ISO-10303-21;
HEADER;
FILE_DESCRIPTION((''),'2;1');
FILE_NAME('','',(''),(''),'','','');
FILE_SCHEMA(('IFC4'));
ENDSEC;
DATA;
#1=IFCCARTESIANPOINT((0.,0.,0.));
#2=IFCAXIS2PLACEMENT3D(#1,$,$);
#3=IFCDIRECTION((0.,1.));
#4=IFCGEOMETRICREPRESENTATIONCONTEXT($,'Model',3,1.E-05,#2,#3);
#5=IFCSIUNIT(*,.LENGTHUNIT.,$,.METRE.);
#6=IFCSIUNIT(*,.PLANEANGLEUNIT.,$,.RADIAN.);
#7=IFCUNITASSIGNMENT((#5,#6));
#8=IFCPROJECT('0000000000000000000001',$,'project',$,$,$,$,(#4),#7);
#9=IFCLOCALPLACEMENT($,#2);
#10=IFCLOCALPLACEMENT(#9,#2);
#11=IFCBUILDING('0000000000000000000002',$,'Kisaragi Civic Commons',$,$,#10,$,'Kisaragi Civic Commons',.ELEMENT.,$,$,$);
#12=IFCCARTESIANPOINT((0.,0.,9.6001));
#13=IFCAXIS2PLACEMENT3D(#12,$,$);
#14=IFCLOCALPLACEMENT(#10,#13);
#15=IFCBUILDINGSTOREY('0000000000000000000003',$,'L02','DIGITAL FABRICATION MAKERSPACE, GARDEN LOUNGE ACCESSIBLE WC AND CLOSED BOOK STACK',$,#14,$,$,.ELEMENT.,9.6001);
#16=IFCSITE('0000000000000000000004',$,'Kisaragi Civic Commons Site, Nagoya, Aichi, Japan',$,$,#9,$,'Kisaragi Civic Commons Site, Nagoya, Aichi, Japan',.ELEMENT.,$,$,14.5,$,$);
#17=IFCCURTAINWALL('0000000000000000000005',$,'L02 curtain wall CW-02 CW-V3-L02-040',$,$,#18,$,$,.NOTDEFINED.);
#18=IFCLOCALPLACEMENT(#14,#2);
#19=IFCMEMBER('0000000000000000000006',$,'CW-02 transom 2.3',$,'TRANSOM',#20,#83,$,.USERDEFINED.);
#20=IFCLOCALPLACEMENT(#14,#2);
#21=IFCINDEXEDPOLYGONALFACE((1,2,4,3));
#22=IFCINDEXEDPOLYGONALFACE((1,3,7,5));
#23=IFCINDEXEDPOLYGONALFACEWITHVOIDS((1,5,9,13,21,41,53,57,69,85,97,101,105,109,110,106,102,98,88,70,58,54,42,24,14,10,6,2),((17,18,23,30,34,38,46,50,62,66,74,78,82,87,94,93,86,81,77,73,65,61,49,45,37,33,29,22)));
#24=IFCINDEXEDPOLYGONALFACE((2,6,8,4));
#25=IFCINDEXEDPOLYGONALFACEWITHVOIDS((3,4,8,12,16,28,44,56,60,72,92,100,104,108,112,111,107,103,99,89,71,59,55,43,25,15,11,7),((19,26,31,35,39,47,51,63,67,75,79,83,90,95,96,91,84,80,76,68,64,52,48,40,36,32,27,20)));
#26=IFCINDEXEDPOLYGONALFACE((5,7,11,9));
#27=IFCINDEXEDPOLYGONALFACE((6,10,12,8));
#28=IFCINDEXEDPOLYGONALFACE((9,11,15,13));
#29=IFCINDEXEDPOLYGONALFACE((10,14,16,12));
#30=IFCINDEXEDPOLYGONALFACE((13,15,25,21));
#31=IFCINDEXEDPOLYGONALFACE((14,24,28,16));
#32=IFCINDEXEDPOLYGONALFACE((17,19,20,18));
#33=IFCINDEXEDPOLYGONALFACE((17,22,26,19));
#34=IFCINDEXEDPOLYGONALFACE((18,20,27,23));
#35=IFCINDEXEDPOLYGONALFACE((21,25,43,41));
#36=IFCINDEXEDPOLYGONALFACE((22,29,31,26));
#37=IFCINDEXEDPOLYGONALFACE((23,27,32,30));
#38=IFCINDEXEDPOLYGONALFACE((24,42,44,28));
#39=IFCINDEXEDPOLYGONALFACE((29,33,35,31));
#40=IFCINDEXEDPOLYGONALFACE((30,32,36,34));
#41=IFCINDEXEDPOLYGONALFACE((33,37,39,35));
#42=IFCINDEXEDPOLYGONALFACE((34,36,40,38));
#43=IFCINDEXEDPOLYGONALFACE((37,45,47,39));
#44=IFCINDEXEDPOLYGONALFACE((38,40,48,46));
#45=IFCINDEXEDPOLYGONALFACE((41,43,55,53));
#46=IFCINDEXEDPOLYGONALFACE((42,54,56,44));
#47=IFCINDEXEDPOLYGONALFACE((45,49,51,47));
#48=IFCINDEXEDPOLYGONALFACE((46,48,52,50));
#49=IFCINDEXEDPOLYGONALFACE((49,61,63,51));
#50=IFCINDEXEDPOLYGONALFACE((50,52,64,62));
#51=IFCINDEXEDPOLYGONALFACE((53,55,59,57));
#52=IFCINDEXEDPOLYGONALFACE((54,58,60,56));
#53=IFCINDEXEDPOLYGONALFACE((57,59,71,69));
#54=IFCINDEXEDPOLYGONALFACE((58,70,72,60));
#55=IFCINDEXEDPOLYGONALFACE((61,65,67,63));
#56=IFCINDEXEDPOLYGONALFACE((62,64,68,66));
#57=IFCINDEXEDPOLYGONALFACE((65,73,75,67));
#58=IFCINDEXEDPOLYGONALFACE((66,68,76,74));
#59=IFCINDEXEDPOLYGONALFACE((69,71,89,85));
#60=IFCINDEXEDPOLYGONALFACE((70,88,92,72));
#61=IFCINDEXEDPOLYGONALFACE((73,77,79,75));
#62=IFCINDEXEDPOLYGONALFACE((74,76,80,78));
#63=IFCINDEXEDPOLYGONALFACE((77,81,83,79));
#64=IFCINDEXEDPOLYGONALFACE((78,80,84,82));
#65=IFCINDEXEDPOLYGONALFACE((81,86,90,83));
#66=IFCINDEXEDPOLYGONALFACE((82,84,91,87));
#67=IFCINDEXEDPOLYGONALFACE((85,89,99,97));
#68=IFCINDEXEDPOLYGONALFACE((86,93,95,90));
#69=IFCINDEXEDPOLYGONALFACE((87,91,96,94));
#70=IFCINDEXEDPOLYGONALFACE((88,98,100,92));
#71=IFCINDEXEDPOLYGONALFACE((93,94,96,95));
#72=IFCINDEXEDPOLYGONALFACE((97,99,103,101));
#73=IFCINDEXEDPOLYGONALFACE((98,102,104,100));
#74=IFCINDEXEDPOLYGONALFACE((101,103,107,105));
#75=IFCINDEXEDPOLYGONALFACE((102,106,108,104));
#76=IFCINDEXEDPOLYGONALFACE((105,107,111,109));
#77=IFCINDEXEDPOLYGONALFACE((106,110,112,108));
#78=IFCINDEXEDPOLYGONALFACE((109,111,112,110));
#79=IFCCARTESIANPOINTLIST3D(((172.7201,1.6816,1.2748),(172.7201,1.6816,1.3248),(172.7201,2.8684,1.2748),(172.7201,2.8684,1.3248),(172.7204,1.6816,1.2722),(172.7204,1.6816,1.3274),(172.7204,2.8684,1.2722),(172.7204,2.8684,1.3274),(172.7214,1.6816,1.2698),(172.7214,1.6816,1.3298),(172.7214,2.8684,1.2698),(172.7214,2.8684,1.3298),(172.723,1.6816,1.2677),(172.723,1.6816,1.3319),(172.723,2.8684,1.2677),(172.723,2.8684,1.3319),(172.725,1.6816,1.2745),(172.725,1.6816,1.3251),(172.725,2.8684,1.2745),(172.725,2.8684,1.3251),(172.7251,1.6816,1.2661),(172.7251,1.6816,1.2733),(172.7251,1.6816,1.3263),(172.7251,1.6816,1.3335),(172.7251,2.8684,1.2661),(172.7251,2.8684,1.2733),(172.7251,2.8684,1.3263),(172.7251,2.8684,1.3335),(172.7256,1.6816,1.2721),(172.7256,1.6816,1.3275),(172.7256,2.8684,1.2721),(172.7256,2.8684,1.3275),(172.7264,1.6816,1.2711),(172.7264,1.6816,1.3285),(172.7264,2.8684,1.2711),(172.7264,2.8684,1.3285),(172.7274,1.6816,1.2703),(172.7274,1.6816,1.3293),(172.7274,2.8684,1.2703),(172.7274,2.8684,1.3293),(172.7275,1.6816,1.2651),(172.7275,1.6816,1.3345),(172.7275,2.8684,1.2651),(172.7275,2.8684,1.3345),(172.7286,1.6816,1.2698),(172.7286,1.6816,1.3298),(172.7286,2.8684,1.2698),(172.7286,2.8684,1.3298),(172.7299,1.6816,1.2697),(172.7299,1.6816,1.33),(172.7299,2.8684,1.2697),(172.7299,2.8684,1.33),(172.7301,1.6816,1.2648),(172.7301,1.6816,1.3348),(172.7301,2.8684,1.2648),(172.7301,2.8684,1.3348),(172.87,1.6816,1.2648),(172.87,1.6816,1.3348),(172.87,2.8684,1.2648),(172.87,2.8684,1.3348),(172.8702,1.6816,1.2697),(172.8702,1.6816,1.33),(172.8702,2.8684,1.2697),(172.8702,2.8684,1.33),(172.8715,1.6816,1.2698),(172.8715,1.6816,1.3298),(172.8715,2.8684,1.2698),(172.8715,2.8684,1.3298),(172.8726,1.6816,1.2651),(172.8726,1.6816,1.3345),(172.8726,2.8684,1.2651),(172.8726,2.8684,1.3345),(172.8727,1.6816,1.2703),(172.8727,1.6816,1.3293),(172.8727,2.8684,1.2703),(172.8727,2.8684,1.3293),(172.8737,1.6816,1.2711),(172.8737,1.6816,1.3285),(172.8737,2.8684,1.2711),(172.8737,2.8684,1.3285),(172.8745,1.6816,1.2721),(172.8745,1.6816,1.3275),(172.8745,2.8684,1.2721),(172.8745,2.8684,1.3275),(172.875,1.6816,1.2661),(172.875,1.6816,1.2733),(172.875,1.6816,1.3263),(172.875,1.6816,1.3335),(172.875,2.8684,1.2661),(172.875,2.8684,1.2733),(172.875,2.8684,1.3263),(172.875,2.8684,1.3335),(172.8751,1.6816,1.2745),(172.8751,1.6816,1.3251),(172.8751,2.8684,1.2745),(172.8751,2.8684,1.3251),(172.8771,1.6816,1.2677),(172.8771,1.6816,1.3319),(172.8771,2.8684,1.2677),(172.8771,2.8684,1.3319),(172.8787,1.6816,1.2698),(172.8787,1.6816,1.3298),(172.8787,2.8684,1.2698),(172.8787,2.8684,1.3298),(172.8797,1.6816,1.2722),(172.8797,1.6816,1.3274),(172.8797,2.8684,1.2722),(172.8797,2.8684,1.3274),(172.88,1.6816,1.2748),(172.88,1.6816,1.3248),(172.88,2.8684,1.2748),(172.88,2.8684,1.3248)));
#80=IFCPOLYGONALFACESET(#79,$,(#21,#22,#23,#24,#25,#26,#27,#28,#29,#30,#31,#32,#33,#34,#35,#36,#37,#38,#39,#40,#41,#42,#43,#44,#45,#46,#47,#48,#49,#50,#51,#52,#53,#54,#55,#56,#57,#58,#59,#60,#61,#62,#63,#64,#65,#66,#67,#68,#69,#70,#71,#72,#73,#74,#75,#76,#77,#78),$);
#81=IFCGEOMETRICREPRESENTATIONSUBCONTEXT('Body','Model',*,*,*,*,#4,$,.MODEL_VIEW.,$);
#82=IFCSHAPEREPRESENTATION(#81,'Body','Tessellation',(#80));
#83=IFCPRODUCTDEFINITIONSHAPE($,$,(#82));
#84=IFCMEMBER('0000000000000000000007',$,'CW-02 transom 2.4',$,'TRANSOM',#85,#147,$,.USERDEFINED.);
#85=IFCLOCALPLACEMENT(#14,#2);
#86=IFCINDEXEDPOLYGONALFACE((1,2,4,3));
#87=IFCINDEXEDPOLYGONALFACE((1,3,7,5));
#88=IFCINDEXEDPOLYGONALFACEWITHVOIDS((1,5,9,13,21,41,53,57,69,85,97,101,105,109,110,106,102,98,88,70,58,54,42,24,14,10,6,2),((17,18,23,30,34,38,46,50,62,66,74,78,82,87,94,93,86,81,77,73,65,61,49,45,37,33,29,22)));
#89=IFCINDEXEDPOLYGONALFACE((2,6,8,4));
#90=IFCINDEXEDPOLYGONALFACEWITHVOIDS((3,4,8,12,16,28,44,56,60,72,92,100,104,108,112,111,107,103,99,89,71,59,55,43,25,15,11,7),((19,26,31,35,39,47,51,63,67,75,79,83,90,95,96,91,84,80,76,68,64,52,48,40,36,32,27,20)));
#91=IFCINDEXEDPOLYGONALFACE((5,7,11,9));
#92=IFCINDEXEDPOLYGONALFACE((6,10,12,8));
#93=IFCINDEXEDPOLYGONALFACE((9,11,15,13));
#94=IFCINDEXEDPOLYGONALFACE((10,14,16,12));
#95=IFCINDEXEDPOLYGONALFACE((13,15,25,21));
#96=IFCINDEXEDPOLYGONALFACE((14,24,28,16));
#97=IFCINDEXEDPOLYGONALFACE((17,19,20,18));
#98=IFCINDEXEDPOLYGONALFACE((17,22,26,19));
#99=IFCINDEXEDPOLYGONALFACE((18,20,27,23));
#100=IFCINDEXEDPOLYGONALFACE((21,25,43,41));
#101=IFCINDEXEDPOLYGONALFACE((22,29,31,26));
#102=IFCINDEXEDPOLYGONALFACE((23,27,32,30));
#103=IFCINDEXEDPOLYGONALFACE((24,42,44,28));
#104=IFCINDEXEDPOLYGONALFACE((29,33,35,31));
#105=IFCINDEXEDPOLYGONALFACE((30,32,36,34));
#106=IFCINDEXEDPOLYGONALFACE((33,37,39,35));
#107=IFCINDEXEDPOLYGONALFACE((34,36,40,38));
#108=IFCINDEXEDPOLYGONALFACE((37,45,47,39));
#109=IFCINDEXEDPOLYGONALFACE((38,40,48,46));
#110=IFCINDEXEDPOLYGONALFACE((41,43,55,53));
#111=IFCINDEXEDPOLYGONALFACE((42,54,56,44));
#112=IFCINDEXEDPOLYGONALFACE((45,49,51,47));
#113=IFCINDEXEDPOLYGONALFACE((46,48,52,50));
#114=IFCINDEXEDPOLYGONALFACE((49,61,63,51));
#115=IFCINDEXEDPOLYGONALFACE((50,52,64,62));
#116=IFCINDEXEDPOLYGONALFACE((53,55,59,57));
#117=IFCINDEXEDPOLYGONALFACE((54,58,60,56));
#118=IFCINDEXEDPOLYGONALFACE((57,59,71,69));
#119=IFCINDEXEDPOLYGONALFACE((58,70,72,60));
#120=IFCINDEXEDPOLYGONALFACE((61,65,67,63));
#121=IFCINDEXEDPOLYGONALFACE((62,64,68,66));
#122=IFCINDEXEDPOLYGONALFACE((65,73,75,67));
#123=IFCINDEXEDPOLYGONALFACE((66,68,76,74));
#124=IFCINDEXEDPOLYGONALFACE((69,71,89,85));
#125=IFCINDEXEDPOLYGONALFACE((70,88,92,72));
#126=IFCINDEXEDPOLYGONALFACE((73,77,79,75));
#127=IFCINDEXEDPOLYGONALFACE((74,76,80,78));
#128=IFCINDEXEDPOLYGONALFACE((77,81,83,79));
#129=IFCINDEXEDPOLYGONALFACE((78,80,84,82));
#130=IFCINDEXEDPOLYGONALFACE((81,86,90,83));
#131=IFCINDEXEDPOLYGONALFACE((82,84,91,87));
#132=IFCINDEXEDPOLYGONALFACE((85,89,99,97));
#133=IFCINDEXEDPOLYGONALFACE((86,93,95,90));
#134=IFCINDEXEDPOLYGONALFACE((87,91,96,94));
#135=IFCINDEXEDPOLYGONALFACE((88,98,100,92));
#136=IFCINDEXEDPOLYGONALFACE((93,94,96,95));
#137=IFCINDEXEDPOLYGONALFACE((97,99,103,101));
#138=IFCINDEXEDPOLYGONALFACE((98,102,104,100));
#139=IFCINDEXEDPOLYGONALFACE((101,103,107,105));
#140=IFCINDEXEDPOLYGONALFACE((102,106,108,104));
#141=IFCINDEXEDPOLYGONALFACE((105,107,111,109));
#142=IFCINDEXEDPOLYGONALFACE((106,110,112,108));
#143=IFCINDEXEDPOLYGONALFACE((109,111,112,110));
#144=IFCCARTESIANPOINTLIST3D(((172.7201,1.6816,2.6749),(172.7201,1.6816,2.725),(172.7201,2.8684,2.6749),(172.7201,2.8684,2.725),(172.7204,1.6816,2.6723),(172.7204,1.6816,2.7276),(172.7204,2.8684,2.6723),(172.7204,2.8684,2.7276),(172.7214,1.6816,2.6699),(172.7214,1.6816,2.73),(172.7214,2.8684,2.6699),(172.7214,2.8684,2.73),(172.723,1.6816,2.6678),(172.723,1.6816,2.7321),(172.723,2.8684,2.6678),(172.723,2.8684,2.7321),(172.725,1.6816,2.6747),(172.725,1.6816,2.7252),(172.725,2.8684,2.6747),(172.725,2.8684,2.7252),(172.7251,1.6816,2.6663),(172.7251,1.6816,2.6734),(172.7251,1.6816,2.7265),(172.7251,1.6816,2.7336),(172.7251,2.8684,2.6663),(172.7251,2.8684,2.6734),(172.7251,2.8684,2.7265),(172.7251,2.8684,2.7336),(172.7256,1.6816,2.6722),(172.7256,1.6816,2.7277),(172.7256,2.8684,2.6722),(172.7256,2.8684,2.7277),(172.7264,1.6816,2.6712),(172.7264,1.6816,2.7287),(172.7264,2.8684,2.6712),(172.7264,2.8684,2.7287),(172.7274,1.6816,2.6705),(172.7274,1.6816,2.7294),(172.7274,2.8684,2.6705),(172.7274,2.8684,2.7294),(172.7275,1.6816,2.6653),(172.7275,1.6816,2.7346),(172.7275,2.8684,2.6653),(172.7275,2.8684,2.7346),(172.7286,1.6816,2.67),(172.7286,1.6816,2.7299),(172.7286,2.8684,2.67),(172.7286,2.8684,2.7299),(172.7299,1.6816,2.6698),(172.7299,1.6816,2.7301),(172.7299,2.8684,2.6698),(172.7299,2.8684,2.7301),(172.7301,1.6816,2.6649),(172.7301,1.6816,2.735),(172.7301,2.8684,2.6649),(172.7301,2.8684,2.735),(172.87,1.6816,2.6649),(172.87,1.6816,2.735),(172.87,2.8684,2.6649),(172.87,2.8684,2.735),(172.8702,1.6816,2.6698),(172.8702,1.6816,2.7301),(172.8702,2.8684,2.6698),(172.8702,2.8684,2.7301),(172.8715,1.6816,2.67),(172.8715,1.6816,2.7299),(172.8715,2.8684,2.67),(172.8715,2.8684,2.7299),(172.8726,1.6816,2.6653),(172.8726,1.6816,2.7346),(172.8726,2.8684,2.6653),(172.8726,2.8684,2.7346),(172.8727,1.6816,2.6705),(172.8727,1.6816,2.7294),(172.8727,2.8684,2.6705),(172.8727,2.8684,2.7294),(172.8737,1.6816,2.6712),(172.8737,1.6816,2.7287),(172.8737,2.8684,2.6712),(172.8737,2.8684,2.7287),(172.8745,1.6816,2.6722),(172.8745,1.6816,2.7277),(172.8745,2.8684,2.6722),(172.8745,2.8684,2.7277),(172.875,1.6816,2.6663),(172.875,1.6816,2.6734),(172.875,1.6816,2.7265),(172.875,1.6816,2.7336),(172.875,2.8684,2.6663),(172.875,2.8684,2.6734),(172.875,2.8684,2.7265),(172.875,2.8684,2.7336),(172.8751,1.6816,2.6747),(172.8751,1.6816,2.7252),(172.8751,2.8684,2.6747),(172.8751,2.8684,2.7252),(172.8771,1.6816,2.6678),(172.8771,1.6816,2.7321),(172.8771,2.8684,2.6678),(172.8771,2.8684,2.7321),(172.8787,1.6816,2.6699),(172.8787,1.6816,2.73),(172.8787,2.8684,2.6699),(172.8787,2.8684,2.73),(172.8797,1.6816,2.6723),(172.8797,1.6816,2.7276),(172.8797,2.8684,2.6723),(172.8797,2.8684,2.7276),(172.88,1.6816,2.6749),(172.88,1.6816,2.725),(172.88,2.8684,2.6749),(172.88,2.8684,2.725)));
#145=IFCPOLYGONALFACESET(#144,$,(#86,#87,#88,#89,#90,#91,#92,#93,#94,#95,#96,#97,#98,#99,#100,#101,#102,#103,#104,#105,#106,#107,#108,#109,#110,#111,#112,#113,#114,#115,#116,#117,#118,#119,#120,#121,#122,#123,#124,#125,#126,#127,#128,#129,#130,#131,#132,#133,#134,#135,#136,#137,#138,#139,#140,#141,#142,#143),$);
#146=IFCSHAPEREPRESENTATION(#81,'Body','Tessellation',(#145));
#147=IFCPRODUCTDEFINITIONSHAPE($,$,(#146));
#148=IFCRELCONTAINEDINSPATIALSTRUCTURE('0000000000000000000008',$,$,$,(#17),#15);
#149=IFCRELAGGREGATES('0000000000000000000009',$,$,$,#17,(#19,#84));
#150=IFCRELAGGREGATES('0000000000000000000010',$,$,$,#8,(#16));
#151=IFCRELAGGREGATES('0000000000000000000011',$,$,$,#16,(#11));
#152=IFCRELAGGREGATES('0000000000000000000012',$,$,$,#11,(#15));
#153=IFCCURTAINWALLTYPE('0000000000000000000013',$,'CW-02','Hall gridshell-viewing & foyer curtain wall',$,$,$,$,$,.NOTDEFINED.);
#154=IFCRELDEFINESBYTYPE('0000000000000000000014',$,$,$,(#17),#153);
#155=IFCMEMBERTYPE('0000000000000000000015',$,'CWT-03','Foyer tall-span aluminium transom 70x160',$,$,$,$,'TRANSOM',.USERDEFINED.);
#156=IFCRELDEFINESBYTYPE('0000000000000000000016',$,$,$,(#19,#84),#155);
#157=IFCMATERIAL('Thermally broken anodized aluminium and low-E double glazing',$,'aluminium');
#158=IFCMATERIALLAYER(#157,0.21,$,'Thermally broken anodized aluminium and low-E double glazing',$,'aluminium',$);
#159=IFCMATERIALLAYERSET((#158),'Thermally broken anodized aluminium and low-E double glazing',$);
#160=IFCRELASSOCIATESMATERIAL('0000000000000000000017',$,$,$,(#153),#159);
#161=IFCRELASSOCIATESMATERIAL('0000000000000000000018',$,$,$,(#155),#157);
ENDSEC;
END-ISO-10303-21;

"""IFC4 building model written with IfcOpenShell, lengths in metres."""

from ifc_helpers import new_model, si_unit, direction, frame, origin, origin_2d, place, context, subcontext, project, spatial, hollow_rectangle, extrude, material, layer, layer_set, material_profile, profile_set, type_object, element, aggregate, save


model = new_model("IFC4")

# Units and contexts
model_context = context("Model", 3, precision=1e-05, world=origin(), true_north=direction((0.0, 1.0)))
body_context = subcontext(model_context, "Body", "Model", "MODEL_VIEW")
ifc_project = project(units=[si_unit("LENGTHUNIT", "METRE"), si_unit("PLANEANGLEUNIT", "RADIAN")], contexts=[model_context])

# Site, building, storey
site_placement = place(None, origin())
site = spatial("IfcSite", under=ifc_project, at=site_placement, Name="Kisaragi Civic Commons Site, Nagoya, Aichi, Japan", LongName="Kisaragi Civic Commons Site, Nagoya, Aichi, Japan", CompositionType="ELEMENT", RefElevation=14.5)
building_placement = place(site_placement, origin())
building = spatial("IfcBuilding", under=site, at=building_placement, Name="Kisaragi Civic Commons", LongName="Kisaragi Civic Commons", CompositionType="ELEMENT")
storey_placement = place(building_placement, frame((0.0, 0.0, 9.6001)))
storey = spatial("IfcBuildingStorey", under=building, at=storey_placement, Name="L02", Description="DIGITAL FABRICATION MAKERSPACE, GARDEN LOUNGE ACCESSIBLE WC AND CLOSED BOOK STACK", CompositionType="ELEMENT", Elevation=9.6001)

# Shared definitions
ifc_material_1 = material(Name="Thermally broken anodized aluminium and low-E double glazing", Category="aluminium")
ifc_layer_1 = layer(ifc_material_1, 0.21, Name="Thermally broken anodized aluminium and low-E double glazing", Category="aluminium")
ifc_layer_set_1 = layer_set([ifc_layer_1], Name="Thermally broken anodized aluminium and low-E double glazing")
curtain_wall_type = type_object("IfcCurtainWallType", Name="CW-02", Description="Hall gridshell-viewing & foyer curtain wall", PredefinedType="NOTDEFINED", material=ifc_layer_set_1)

# Curtain wall
curtain_wall_1_placement = place(storey_placement, origin())
curtain_wall_1 = element("IfcCurtainWall", 1, at=curtain_wall_1_placement, inside=storey, type_object=curtain_wall_type, Name="L02 curtain wall CW-02 CW-V3-L02-040", PredefinedType="NOTDEFINED")

# Members
ifc_material_profile_1 = material_profile(ifc_material_1, hollow_rectangle(XDim=0.1599, YDim=0.0701, WallThickness=0.0049, InnerFilletRadius=0.0049, OuterFilletRadius=0.01, at=origin_2d()), Name="CWT-70x160x5", Category="aluminium")
ifc_profile_set_1 = profile_set([ifc_material_profile_1], Name="Thermally broken anodized aluminium and low-E double glazing")
member_type_1 = type_object("IfcMemberType", Name="CWT-03", Description="Foyer tall-span aluminium transom 70x160", ElementType="TRANSOM", PredefinedType="USERDEFINED", material=ifc_profile_set_1)
member_1_placement = place(storey_placement, frame((172.8, 2.8684, 1.2998), z_axis=(0.0, -1.0, 0.0), x_axis=(1.0, 0.0, 0.0)))
member_1 = element("IfcMember", 2, at=member_1_placement, type_object=member_type_1, Name="CW-02 transom 2.3", ObjectType="TRANSOM", PredefinedType="USERDEFINED", context=body_context, shape_type="SweptSolid", body=[
    extrude(hollow_rectangle(XDim=0.1599, YDim=0.0701, WallThickness=0.0049, InnerFilletRadius=0.0049, OuterFilletRadius=0.01, at=origin_2d()), origin(), (0.0, 0.0, 1.0), 1.1868),
])
member_2_placement = place(storey_placement, frame((172.8, 2.8684, 2.7), z_axis=(0.0, -1.0, 0.0), x_axis=(1.0, 0.0, 0.0)))
member_2 = element("IfcMember", 3, at=member_2_placement, type_object=member_type_1, Name="CW-02 transom 2.4", ObjectType="TRANSOM", PredefinedType="USERDEFINED", context=body_context, shape_type="SweptSolid", body=[
    extrude(hollow_rectangle(XDim=0.1599, YDim=0.0701, WallThickness=0.0049, InnerFilletRadius=0.0049, OuterFilletRadius=0.01, at=origin_2d()), origin(), (0.0, 0.0, 1.0), 1.1868),
])

aggregate(curtain_wall_1, [member_1, member_2])

save(model, "model.ifc")
